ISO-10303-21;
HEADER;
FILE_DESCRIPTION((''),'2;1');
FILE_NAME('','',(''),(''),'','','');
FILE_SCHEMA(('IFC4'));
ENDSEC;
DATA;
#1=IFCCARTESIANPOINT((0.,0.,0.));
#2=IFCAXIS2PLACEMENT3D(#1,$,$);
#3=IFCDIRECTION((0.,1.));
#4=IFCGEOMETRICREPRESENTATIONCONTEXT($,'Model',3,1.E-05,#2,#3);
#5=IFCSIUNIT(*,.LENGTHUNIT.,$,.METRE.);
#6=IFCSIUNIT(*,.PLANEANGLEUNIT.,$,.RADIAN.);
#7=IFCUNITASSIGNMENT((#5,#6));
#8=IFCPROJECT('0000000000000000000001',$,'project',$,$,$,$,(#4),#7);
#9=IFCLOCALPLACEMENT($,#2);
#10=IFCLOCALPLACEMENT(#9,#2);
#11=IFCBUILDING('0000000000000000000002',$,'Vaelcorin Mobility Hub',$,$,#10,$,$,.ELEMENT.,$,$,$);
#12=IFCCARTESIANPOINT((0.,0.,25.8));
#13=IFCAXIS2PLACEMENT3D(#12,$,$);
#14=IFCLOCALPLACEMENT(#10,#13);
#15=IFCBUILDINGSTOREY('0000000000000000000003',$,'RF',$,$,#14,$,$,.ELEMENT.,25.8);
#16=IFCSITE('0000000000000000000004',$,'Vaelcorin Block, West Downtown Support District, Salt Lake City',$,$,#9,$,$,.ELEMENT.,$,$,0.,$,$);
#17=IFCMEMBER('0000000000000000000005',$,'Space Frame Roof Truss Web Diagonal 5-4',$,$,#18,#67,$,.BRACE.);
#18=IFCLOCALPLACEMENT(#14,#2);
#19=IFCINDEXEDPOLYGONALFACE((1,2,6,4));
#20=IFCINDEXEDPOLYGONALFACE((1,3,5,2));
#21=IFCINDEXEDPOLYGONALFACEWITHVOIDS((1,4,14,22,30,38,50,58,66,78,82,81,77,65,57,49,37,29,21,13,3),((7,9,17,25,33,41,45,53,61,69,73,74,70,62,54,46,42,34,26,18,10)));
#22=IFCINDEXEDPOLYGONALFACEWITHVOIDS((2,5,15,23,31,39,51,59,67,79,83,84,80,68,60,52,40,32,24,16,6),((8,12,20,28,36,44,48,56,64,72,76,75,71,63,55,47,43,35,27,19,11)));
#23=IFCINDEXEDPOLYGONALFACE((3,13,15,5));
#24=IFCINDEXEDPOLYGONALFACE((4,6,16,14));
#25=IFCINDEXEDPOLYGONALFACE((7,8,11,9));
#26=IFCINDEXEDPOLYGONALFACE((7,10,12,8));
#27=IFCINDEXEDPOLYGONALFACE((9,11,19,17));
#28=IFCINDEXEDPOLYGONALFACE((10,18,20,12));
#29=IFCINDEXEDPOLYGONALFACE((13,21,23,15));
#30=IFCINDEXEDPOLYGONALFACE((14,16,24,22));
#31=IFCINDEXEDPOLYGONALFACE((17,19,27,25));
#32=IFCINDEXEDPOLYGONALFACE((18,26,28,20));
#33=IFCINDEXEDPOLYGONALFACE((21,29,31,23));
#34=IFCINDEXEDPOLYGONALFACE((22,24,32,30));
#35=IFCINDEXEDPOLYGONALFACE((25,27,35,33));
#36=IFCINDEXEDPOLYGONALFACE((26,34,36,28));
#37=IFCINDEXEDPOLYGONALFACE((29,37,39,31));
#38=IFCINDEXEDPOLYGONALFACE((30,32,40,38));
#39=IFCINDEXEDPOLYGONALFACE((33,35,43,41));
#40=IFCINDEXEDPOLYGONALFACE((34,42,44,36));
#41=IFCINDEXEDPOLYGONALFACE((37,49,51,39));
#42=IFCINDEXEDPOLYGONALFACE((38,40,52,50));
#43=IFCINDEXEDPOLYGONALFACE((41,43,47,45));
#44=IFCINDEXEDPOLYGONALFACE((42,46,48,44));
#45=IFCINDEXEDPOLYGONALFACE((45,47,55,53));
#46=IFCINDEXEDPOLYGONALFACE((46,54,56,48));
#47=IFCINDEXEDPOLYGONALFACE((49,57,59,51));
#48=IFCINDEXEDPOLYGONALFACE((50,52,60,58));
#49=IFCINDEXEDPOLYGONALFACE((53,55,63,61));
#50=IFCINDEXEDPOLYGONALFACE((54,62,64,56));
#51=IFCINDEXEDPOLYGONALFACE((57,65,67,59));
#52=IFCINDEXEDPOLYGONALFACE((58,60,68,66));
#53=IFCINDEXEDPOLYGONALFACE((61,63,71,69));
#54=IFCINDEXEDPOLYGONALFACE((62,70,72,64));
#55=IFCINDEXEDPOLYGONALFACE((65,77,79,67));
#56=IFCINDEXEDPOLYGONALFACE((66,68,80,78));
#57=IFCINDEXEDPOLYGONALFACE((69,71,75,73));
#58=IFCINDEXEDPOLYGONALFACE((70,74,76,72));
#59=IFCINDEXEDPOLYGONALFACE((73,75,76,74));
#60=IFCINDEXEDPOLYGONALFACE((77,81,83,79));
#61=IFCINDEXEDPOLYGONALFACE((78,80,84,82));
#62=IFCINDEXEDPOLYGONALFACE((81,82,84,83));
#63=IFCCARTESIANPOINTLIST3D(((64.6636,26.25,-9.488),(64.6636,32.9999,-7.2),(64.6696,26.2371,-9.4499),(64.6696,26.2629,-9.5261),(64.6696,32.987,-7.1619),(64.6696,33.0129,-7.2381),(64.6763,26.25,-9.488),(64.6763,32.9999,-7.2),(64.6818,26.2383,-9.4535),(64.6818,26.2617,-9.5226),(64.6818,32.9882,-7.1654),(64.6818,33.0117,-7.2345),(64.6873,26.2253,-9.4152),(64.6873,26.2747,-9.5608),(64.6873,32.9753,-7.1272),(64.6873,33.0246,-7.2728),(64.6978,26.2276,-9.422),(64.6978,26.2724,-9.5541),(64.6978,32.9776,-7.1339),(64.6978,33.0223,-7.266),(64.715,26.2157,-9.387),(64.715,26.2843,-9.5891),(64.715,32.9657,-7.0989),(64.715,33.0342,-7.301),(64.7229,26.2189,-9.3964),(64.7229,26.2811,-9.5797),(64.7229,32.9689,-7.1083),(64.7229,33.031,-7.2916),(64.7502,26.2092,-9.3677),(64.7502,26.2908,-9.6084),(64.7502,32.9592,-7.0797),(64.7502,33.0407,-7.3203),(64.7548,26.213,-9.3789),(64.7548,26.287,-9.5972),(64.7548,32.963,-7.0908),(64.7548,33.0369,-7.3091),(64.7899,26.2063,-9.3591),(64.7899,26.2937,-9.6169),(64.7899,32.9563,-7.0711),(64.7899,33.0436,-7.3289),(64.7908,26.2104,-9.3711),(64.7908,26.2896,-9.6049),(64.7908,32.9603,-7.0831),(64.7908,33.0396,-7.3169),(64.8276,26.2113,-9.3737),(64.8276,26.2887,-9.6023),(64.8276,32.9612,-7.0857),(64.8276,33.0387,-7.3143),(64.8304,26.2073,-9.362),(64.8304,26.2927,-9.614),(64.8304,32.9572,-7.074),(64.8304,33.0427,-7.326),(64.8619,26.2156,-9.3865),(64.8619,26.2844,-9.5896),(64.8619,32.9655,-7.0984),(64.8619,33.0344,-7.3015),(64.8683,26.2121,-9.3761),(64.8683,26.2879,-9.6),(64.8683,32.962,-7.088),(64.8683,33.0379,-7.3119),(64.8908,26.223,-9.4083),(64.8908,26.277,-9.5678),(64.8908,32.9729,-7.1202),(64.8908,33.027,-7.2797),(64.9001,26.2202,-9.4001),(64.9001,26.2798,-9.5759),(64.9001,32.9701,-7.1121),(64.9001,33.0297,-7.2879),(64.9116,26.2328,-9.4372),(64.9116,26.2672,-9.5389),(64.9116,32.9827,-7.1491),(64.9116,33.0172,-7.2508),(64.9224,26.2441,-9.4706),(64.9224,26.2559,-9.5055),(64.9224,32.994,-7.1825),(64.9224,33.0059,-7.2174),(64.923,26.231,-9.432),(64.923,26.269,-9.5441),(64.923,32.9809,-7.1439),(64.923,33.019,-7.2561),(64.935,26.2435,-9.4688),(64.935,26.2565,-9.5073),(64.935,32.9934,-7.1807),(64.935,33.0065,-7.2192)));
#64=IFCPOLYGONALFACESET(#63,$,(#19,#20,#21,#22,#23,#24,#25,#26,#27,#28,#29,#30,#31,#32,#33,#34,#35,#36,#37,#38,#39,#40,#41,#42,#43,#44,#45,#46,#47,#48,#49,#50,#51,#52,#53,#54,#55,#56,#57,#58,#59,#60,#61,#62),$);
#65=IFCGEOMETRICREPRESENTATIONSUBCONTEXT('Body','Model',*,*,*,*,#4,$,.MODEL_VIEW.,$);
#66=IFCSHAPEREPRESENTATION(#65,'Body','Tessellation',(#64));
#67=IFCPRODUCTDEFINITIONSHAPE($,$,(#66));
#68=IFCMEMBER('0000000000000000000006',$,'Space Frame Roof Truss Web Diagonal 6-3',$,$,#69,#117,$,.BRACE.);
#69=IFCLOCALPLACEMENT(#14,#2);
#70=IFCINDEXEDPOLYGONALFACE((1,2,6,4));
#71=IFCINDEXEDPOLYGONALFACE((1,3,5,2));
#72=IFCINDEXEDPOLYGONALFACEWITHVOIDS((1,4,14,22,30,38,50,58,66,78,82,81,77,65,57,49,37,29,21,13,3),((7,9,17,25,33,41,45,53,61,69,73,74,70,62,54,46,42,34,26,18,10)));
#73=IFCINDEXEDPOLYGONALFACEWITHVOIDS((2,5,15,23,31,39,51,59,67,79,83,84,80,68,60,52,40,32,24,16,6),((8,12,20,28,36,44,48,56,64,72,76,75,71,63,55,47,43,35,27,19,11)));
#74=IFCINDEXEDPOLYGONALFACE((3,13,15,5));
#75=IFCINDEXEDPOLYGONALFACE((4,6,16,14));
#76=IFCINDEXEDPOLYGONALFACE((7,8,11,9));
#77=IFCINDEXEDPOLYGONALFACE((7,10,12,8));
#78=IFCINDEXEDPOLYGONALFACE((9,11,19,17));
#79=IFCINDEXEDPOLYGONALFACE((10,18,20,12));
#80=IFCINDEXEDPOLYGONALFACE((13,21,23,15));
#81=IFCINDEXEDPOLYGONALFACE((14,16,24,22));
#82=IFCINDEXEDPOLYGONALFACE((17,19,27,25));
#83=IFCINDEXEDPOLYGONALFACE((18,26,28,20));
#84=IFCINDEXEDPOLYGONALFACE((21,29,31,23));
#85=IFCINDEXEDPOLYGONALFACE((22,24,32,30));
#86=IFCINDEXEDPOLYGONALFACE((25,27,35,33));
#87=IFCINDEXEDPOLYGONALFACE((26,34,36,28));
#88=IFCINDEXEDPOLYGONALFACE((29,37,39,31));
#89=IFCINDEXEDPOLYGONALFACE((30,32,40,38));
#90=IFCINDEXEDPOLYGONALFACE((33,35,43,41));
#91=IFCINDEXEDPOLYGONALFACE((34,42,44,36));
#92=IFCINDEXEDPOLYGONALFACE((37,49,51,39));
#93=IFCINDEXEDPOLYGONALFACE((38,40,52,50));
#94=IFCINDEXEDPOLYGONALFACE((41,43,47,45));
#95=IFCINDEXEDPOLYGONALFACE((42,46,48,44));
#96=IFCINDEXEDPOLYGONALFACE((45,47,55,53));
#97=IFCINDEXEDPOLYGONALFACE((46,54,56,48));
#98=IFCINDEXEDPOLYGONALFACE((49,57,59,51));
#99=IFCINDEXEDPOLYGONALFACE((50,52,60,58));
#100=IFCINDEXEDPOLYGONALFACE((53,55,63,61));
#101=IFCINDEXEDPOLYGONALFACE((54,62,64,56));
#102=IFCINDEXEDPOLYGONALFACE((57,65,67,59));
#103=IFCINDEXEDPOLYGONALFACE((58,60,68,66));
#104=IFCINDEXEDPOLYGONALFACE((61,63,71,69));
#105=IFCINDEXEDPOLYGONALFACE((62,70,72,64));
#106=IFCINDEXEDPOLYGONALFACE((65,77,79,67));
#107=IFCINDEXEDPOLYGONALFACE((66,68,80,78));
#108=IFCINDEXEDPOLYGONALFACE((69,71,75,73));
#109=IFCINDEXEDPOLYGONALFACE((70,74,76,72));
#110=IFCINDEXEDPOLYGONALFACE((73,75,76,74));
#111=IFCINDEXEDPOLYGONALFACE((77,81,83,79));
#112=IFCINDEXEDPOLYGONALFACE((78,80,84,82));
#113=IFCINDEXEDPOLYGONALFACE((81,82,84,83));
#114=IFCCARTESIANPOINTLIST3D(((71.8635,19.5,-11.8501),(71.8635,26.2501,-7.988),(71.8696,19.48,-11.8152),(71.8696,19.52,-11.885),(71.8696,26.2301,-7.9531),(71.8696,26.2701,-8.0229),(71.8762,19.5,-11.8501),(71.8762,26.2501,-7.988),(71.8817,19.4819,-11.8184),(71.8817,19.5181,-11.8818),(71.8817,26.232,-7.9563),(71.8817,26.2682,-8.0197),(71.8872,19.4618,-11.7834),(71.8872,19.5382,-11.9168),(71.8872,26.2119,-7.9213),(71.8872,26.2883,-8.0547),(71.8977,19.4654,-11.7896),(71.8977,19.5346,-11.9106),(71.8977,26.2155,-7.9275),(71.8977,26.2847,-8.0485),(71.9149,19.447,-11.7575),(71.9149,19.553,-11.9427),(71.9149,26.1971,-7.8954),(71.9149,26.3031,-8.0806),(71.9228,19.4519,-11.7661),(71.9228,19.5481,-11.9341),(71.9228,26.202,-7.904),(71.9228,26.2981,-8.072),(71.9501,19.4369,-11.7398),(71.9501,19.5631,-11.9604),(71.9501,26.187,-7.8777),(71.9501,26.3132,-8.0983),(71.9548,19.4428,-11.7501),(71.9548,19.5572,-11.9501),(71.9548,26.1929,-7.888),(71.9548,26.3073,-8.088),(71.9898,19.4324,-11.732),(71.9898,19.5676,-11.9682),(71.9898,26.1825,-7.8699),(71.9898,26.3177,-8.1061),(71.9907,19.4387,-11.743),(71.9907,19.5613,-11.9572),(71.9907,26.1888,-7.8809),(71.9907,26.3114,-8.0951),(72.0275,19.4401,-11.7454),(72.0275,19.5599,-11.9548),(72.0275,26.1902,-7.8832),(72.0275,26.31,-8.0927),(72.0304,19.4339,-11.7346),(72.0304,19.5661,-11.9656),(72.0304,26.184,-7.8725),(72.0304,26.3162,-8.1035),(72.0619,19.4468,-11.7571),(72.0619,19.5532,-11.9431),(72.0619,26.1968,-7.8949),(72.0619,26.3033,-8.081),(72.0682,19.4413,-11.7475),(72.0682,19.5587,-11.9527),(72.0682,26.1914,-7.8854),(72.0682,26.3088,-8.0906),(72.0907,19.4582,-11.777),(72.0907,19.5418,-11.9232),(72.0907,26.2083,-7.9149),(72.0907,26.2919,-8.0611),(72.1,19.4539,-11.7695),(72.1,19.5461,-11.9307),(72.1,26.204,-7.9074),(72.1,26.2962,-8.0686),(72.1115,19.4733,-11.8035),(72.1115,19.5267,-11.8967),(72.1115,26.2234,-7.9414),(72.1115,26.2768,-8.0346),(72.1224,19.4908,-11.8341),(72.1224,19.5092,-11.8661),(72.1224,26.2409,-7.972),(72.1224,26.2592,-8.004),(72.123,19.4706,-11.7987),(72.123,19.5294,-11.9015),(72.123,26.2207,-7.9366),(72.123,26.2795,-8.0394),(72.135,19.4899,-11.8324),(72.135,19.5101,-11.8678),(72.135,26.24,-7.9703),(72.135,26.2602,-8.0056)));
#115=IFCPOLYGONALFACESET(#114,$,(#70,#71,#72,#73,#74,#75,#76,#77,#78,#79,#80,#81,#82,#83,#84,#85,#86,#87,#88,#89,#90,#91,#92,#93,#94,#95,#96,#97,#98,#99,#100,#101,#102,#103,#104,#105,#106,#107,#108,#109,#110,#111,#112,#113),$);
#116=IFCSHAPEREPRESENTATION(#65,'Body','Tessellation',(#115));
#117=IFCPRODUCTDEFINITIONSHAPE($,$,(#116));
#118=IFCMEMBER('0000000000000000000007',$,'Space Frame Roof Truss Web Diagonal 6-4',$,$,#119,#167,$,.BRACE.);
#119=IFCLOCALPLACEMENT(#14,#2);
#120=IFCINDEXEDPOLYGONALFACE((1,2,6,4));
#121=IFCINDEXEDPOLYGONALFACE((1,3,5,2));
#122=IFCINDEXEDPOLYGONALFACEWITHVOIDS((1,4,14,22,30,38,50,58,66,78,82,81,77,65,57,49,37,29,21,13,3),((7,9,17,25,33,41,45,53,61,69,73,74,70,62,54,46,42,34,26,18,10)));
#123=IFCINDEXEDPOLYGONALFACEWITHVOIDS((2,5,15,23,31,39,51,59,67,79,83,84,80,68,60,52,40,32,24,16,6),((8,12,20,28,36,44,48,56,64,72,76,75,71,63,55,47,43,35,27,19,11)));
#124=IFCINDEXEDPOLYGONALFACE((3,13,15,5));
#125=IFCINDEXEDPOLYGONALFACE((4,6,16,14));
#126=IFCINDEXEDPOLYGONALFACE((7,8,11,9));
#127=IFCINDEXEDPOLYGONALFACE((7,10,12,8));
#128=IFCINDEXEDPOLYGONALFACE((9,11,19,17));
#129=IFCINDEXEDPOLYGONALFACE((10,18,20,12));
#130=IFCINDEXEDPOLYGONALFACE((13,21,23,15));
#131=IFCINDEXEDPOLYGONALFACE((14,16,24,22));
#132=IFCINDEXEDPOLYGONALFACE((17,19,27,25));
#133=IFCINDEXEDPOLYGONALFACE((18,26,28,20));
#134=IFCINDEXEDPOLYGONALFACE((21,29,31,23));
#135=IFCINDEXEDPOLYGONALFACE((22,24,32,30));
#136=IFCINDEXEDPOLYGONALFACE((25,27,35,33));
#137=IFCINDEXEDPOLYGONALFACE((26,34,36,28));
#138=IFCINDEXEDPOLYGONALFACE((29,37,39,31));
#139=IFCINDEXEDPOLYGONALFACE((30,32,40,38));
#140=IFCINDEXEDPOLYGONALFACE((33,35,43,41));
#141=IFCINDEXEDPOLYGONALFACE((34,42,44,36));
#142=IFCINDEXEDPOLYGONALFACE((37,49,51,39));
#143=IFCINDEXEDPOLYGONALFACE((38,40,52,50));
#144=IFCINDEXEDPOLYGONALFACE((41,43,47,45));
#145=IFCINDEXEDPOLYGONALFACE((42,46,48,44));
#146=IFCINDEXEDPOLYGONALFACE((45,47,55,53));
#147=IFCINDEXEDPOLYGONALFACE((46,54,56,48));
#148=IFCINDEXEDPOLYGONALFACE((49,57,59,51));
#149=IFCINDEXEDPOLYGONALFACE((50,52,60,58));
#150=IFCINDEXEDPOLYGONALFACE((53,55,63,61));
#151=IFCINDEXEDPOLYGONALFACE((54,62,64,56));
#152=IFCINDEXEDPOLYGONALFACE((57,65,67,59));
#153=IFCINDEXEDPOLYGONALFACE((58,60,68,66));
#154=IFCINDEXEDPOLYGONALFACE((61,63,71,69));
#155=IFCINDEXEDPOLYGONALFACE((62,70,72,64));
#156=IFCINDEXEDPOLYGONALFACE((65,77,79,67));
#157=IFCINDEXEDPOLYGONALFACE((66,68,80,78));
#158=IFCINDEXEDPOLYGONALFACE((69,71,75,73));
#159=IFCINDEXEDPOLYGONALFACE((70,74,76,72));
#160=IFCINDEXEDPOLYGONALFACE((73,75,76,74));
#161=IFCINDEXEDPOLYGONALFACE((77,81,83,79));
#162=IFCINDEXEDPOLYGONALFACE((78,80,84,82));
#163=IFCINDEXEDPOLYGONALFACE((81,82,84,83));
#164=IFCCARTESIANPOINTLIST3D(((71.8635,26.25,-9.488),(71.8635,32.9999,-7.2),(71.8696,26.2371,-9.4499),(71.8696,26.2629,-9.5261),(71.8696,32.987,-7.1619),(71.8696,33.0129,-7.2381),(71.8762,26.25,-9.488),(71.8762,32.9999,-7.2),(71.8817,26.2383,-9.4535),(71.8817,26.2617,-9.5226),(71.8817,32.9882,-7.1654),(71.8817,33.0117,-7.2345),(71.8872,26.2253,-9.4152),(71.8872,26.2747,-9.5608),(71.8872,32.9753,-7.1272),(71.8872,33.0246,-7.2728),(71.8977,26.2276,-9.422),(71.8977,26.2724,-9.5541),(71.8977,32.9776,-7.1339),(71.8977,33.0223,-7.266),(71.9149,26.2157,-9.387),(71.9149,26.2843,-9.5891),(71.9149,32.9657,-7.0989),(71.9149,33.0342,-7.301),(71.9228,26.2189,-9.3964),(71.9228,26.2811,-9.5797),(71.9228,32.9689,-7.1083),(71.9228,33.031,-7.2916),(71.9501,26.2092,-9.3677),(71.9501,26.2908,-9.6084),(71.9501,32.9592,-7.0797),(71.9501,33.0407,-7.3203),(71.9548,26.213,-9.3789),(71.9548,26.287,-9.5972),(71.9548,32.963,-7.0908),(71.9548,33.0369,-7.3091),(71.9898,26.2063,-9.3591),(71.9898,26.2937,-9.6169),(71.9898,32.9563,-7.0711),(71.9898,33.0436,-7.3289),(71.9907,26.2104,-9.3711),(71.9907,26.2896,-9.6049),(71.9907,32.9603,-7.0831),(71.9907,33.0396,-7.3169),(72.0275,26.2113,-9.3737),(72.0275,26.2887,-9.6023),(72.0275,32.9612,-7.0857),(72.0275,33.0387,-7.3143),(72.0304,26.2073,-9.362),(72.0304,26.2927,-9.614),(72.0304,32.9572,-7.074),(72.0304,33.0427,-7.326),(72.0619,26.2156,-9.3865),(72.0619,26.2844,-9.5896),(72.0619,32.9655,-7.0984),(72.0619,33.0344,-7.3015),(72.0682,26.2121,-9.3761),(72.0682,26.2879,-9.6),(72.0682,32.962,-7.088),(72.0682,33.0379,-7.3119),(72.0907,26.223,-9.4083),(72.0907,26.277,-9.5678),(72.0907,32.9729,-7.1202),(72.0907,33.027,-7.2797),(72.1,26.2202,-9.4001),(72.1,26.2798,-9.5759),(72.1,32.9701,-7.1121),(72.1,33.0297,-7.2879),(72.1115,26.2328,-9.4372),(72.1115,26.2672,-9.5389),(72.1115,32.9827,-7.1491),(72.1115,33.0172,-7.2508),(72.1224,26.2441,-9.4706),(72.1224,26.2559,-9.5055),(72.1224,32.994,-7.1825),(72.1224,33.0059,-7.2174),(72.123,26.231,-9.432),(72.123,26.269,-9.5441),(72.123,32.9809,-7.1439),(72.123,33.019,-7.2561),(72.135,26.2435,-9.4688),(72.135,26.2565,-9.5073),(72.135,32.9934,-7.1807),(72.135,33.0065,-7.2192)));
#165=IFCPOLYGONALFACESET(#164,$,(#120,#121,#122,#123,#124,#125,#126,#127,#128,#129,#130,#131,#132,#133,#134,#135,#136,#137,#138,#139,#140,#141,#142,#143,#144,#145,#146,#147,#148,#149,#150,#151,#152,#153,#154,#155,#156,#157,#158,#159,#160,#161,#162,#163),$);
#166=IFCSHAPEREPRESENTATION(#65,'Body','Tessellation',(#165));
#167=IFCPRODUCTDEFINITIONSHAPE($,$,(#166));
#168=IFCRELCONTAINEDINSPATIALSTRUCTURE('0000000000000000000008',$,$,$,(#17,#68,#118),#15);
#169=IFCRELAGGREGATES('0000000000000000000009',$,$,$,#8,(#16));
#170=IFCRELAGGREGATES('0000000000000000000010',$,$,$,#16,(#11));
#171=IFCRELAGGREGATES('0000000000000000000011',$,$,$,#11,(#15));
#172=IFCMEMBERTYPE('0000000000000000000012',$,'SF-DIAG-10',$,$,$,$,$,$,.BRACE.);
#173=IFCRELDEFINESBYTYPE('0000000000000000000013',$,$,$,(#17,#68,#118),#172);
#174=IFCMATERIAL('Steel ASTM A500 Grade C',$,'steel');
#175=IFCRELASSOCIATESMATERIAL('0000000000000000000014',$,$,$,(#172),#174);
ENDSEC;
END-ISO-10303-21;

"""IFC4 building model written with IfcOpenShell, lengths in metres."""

from ifc_helpers import new_model, si_unit, direction, frame, origin, origin_2d, place, context, subcontext, project, spatial, hollow_circle, extrude, material, material_profile, profile_set, type_object, element, save


model = new_model("IFC4")

# Units and contexts
model_context = context("Model", 3, precision=1e-05, world=origin(), true_north=direction((0.0, 1.0)))
body_context = subcontext(model_context, "Body", "Model", "MODEL_VIEW")
ifc_project = project(units=[si_unit("LENGTHUNIT", "METRE"), si_unit("PLANEANGLEUNIT", "RADIAN")], contexts=[model_context])

# Site, building, storey
site_placement = place(None, origin())
site = spatial("IfcSite", under=ifc_project, at=site_placement, Name="Vaelcorin Block, West Downtown Support District, Salt Lake City", CompositionType="ELEMENT", RefElevation=0.0)
building_placement = place(site_placement, origin())
building = spatial("IfcBuilding", under=site, at=building_placement, Name="Vaelcorin Mobility Hub", CompositionType="ELEMENT")
storey_placement = place(building_placement, frame((0.0, 0.0, 25.8)))
storey = spatial("IfcBuildingStorey", under=building, at=storey_placement, Name="RF", CompositionType="ELEMENT", Elevation=25.8)

# Members
ifc_material_1 = material(Name="Steel ASTM A500 Grade C", Category="steel")
ifc_material_profile_1 = material_profile(ifc_material_1, hollow_circle(Radius=0.1365, WallThickness=0.0127, at=origin_2d()), Name="HSS10.750X0.500")
ifc_profile_set_1 = profile_set([ifc_material_profile_1], Name="Steel ASTM A500 Grade C")
member_type_1 = type_object("IfcMemberType", Name="SF-DIAG-10", PredefinedType="BRACE", material=ifc_profile_set_1)
member_1_placement = place(storey_placement, frame((64.8, 26.25, -9.488), z_axis=(0.0, 0.947068, 0.321033), x_axis=(-1.0, 0.0, 0.0)))
element("IfcMember", 1, at=member_1_placement, inside=storey, type_object=member_type_1, Name="Space Frame Roof Truss Web Diagonal 5-4", PredefinedType="BRACE", context=body_context, shape_type="SweptSolid", body=[
    extrude(hollow_circle(Radius=0.1365, WallThickness=0.0127, at=origin_2d()), origin(), (0.0, 0.0, 1.0), 7.1272),
])
member_2_placement = place(storey_placement, frame((72.0, 19.5, -11.8501), z_axis=(0.0, 0.867971, 0.496616), x_axis=(-1.0, 0.0, 0.0)))
element("IfcMember", 2, at=member_2_placement, inside=storey, type_object=member_type_1, Name="Space Frame Roof Truss Web Diagonal 6-3", PredefinedType="BRACE", context=body_context, shape_type="SweptSolid", body=[
    extrude(hollow_circle(Radius=0.1365, WallThickness=0.0127, at=origin_2d()), origin(), (0.0, 0.0, 1.0), 7.7769),
])
member_3_placement = place(storey_placement, frame((72.0, 26.25, -9.488), z_axis=(0.0, 0.947068, 0.321033), x_axis=(-1.0, 0.0, 0.0)))
element("IfcMember", 3, at=member_3_placement, inside=storey, type_object=member_type_1, Name="Space Frame Roof Truss Web Diagonal 6-4", PredefinedType="BRACE", context=body_context, shape_type="SweptSolid", body=[
    extrude(hollow_circle(Radius=0.1365, WallThickness=0.0127, at=origin_2d()), origin(), (0.0, 0.0, 1.0), 7.1272),
])

save(model, "model.ifc")
